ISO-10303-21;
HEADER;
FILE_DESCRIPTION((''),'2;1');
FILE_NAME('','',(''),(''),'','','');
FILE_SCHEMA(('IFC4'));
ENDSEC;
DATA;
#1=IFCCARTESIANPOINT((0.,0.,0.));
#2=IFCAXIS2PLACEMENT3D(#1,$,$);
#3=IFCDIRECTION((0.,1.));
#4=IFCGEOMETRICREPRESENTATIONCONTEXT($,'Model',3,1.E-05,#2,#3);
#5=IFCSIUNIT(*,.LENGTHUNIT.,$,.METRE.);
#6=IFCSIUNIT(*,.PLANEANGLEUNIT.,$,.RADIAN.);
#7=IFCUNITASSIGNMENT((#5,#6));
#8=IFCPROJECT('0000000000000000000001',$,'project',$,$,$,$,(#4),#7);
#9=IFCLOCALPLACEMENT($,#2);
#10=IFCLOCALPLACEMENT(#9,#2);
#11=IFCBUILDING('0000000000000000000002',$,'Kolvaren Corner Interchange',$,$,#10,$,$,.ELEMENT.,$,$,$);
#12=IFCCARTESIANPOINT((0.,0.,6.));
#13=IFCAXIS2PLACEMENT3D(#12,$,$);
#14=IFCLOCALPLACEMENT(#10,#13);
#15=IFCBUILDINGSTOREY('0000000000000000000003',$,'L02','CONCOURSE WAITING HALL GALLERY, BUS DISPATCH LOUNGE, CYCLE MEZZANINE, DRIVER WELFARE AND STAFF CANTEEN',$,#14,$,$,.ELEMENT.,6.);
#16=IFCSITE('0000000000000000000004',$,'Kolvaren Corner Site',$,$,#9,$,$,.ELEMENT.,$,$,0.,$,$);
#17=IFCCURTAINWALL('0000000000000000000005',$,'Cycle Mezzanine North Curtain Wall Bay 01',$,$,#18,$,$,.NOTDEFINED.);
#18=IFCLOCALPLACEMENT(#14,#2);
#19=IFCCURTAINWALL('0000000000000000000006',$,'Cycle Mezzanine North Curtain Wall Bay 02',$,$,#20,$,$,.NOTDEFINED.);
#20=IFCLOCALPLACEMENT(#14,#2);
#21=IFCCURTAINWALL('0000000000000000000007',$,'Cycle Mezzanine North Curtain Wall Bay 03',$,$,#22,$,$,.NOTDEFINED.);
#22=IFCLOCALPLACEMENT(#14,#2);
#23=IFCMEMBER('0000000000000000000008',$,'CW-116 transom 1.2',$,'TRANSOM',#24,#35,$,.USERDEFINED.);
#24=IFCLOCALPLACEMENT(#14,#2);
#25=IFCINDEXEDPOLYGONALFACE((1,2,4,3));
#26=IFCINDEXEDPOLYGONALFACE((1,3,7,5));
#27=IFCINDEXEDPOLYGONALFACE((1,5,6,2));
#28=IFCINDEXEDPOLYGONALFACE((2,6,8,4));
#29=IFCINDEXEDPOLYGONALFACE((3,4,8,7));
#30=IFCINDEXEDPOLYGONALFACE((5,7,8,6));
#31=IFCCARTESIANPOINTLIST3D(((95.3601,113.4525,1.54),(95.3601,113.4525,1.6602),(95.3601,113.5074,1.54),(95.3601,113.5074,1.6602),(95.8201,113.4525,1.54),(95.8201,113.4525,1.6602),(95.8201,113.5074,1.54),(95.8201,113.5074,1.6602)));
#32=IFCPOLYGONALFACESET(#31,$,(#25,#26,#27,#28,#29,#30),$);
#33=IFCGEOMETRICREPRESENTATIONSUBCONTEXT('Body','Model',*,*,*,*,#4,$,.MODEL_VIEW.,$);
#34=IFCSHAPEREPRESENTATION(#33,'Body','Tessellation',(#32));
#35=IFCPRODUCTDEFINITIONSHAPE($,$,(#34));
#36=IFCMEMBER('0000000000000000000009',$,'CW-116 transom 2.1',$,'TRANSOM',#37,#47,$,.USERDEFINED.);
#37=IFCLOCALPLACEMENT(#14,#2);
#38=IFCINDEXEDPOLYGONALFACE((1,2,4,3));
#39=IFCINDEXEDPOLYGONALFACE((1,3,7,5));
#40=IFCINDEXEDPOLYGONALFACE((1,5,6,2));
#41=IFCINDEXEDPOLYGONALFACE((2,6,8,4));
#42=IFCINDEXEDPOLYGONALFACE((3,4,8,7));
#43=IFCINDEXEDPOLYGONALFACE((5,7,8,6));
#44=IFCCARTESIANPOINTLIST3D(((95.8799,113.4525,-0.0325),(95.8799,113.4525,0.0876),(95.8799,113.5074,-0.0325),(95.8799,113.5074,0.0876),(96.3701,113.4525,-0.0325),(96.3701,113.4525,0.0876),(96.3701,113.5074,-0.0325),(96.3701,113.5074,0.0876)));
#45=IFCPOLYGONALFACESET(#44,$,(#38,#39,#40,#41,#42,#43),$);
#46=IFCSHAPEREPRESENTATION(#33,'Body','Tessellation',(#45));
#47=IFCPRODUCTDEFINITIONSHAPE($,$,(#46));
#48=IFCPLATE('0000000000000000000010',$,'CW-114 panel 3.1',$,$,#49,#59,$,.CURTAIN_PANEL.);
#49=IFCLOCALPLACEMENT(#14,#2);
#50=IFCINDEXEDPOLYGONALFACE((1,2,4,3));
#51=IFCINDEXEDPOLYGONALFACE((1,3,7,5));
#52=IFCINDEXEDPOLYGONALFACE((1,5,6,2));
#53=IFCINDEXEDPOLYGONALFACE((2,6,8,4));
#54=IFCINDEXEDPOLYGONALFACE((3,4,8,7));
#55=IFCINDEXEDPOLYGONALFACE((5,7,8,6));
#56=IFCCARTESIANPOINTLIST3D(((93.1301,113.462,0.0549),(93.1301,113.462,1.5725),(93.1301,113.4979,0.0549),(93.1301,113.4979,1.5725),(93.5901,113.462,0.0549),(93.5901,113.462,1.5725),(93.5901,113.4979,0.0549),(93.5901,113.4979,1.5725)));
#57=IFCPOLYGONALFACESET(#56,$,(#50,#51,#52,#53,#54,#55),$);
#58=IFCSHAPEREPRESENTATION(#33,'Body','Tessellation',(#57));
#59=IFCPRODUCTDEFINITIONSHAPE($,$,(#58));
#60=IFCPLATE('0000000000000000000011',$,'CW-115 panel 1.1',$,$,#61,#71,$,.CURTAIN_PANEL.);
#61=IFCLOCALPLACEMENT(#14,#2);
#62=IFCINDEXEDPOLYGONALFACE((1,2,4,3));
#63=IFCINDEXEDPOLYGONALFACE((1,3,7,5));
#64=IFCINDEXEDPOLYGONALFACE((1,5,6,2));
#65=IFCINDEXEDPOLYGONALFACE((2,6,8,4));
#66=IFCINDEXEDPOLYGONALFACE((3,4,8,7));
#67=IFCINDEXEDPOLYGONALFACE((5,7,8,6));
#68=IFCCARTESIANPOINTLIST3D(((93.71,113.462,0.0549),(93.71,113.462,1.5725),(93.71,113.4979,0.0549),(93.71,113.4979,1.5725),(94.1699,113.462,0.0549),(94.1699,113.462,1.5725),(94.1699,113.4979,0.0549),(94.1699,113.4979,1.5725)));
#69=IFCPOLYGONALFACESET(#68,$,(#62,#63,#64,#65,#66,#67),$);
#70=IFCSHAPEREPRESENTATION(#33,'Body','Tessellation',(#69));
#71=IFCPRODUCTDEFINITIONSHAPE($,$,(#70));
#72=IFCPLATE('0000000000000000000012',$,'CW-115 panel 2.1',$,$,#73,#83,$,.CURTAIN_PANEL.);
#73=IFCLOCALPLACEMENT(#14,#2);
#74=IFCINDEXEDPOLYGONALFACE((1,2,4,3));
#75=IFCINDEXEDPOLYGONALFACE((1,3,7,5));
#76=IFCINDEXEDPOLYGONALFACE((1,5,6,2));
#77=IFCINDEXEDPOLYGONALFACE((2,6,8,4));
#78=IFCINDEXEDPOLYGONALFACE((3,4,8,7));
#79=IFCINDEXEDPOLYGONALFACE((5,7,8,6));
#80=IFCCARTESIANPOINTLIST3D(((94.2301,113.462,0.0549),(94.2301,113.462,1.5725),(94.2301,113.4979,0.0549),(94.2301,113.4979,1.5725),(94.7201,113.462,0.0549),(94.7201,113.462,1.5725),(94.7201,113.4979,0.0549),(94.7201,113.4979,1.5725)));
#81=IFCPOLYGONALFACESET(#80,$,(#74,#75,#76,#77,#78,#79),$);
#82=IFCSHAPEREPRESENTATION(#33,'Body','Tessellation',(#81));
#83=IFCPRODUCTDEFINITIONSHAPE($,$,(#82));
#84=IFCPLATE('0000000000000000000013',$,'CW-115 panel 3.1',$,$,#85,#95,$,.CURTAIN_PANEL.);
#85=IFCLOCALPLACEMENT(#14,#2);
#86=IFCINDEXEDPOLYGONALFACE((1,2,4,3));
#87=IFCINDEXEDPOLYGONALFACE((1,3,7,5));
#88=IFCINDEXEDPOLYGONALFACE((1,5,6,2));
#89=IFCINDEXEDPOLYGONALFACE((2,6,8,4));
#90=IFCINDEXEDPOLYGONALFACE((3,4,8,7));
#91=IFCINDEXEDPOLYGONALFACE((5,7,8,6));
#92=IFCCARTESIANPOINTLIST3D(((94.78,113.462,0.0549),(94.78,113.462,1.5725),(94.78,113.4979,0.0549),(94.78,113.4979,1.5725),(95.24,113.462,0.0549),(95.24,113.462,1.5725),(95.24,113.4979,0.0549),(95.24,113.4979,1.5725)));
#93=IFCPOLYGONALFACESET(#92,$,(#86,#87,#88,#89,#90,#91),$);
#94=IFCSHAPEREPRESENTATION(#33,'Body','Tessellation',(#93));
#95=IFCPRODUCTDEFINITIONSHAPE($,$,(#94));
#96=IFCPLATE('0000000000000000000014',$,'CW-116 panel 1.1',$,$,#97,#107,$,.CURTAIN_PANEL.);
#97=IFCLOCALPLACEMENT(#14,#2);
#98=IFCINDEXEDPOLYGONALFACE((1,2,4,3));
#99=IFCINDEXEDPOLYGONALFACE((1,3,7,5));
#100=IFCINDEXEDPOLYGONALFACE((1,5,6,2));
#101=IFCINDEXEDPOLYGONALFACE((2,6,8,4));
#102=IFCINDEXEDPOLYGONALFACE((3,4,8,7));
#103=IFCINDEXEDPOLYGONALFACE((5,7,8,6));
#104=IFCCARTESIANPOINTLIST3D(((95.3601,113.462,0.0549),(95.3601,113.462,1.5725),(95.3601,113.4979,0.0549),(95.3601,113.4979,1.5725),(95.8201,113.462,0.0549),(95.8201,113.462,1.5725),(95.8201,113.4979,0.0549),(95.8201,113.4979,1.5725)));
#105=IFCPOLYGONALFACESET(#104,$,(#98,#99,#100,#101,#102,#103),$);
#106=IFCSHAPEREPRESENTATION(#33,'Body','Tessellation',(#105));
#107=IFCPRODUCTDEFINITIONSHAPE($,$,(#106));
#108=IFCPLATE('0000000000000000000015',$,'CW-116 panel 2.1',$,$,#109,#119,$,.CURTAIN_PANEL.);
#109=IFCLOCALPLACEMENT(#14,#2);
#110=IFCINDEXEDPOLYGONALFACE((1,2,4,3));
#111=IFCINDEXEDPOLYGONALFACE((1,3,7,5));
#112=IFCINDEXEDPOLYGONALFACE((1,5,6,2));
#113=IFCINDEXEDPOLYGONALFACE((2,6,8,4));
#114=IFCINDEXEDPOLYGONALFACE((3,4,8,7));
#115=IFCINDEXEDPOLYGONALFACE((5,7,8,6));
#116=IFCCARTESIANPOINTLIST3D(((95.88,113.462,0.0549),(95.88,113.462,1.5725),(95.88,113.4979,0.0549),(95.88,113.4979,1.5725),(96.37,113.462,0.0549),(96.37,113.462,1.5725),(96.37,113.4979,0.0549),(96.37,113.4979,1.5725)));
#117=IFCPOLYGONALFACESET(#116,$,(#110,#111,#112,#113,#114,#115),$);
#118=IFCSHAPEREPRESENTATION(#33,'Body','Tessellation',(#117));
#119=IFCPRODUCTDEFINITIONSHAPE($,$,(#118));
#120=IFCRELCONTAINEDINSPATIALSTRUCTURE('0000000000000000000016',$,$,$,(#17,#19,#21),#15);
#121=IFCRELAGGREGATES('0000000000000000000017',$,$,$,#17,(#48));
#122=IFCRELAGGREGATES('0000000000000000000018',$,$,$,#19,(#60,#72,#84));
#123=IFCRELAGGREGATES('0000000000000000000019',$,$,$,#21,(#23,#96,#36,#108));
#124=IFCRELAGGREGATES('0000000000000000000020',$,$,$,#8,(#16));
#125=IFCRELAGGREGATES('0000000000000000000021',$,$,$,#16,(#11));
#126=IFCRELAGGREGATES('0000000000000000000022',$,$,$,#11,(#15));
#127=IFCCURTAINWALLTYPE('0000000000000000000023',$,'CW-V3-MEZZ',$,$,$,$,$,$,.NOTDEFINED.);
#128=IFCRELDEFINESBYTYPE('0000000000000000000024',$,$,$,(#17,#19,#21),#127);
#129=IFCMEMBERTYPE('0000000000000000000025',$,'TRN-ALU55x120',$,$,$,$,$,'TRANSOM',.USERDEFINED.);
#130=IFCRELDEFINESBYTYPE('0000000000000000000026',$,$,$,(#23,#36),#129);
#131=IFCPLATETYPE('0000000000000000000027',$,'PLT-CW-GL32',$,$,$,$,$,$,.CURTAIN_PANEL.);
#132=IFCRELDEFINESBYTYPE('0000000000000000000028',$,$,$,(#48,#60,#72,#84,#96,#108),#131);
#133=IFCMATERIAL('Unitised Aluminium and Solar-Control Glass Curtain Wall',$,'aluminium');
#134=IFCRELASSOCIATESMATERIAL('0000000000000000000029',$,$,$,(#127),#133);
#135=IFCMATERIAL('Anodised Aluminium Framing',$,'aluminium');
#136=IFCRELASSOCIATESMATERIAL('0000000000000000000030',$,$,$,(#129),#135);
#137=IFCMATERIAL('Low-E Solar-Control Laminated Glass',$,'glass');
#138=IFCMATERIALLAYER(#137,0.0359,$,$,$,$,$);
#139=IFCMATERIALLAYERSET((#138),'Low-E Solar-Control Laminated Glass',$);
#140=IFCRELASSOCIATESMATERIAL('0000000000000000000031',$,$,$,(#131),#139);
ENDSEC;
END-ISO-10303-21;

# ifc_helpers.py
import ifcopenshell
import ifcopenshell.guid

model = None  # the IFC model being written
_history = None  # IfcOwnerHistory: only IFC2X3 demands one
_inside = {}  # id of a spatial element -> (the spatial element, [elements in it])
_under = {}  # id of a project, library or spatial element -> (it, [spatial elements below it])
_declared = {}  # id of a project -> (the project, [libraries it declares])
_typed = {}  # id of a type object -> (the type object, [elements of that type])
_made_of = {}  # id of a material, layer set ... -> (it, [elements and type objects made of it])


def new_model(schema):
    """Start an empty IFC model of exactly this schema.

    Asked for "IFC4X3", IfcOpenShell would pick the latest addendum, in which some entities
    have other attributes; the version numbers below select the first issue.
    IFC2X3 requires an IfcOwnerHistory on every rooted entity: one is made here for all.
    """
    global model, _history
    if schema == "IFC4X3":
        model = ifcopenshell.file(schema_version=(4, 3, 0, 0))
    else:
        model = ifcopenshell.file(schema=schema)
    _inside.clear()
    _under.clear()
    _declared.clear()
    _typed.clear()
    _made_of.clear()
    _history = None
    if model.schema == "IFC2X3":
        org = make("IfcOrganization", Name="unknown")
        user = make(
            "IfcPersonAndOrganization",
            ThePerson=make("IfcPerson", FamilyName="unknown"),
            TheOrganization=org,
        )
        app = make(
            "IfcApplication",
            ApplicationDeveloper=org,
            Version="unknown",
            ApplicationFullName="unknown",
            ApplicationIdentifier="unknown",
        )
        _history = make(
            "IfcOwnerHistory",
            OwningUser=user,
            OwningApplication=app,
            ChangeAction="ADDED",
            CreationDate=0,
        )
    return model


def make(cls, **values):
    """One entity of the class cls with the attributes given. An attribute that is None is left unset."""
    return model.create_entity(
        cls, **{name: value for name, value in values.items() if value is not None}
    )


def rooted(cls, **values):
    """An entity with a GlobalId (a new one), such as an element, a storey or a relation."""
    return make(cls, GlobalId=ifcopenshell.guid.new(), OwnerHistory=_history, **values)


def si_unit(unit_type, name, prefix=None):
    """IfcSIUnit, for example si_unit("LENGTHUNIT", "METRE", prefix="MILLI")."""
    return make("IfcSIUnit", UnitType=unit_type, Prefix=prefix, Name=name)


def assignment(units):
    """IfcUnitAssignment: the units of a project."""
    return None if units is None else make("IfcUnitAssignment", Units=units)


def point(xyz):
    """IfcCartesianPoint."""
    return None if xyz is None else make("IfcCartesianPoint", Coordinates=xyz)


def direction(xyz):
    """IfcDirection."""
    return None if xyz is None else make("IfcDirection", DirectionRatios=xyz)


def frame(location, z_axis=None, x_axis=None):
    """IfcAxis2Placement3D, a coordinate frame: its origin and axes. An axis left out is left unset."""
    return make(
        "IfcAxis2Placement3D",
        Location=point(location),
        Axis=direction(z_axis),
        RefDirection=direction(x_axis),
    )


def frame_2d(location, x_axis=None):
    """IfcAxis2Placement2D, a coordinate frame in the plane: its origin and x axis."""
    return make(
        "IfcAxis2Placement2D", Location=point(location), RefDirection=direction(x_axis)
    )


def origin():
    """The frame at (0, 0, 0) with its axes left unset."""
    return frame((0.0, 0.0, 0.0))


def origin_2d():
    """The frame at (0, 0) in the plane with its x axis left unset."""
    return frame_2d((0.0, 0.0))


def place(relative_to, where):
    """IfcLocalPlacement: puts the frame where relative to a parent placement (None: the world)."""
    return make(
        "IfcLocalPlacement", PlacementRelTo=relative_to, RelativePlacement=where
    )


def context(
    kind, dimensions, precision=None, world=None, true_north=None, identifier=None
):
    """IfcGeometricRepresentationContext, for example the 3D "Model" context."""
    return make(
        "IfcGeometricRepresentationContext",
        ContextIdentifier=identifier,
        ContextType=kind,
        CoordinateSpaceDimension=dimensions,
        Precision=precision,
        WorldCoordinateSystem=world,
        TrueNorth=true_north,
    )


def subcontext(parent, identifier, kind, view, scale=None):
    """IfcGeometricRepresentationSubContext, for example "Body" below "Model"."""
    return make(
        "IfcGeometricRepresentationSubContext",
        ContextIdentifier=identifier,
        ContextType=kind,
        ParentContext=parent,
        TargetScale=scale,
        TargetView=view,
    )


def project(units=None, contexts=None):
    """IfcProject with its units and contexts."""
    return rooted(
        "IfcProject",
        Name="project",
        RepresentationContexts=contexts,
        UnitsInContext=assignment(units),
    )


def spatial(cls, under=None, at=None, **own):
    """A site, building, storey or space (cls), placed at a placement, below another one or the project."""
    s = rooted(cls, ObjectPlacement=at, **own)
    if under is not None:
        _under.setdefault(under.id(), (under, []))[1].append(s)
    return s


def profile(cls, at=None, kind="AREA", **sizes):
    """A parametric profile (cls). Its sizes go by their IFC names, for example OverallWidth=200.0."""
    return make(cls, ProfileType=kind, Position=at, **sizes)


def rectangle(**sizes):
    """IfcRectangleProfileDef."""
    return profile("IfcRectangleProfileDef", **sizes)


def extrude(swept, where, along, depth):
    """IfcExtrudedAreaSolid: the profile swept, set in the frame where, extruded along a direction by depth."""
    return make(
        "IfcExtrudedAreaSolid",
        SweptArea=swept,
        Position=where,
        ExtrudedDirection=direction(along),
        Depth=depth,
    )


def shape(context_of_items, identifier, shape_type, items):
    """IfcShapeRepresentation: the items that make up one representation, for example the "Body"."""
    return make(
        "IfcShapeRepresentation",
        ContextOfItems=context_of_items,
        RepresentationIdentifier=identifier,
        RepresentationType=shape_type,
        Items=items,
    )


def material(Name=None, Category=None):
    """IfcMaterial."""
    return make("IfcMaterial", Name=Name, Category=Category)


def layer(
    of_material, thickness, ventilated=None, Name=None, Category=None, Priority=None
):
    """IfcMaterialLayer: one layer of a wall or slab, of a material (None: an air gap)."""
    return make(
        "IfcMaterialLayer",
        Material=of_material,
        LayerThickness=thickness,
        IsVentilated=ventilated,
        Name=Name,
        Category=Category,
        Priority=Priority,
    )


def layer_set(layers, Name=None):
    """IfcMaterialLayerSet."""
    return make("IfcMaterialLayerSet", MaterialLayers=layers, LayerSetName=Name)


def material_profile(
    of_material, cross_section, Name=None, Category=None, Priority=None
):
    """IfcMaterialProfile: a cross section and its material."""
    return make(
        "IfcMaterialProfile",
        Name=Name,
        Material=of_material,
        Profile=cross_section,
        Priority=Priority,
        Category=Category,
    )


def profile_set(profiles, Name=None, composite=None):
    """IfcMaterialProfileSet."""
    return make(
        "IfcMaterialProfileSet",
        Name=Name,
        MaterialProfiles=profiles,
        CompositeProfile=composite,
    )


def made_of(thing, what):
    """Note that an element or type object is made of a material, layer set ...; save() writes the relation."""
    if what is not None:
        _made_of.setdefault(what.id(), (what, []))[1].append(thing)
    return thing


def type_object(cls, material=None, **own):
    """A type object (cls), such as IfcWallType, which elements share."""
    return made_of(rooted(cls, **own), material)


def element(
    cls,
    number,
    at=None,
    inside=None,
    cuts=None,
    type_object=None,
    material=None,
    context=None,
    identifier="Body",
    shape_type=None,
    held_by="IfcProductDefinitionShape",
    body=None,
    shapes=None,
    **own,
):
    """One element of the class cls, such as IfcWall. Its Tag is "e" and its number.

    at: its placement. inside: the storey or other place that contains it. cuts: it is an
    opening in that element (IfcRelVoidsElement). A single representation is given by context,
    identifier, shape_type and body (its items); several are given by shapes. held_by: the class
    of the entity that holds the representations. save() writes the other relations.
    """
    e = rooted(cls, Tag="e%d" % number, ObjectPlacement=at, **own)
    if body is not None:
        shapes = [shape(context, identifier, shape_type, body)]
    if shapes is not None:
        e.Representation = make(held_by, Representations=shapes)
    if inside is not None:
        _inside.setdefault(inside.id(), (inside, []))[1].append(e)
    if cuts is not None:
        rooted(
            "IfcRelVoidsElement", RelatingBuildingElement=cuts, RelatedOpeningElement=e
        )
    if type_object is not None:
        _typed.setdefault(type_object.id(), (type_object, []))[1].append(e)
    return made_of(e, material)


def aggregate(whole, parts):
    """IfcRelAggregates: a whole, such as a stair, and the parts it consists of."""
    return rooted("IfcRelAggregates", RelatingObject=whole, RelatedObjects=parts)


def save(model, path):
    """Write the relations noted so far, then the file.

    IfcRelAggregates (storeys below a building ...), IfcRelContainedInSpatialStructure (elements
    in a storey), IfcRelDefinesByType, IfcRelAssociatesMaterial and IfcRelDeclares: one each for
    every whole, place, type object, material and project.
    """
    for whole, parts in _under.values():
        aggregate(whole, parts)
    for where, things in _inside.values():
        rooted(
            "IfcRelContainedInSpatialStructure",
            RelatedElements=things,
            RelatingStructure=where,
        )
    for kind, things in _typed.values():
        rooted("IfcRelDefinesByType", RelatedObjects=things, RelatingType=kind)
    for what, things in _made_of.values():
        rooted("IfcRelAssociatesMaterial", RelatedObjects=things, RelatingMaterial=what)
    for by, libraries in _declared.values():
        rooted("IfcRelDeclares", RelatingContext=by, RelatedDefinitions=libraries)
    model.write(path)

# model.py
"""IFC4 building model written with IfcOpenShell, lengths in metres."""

from ifc_helpers import new_model, si_unit, direction, frame, origin, origin_2d, place, context, subcontext, project, spatial, rectangle, extrude, material, layer, layer_set, material_profile, profile_set, type_object, element, aggregate, save


model = new_model("IFC4")

# Units and contexts
model_context = context("Model", 3, precision=1e-05, world=origin(), true_north=direction((0.0, 1.0)))
body_context = subcontext(model_context, "Body", "Model", "MODEL_VIEW")
ifc_project = project(units=[si_unit("LENGTHUNIT", "METRE"), si_unit("PLANEANGLEUNIT", "RADIAN")], contexts=[model_context])

# Site, building, storey
site_placement = place(None, origin())
site = spatial("IfcSite", under=ifc_project, at=site_placement, Name="Kolvaren Corner Site", CompositionType="ELEMENT", RefElevation=0.0)
building_placement = place(site_placement, origin())
building = spatial("IfcBuilding", under=site, at=building_placement, Name="Kolvaren Corner Interchange", CompositionType="ELEMENT")
storey_placement = place(building_placement, frame((0.0, 0.0, 6.0)))
storey = spatial("IfcBuildingStorey", under=building, at=storey_placement, Name="L02", Description="CONCOURSE WAITING HALL GALLERY, BUS DISPATCH LOUNGE, CYCLE MEZZANINE, DRIVER WELFARE AND STAFF CANTEEN", CompositionType="ELEMENT", Elevation=6.0)

# Curtain wall
ifc_material_1 = material(Name="Unitised Aluminium and Solar-Control Glass Curtain Wall", Category="aluminium")
curtain_wall_type = type_object("IfcCurtainWallType", Name="CW-V3-MEZZ", PredefinedType="NOTDEFINED", material=ifc_material_1)
curtain_wall_1_placement = place(storey_placement, origin())
curtain_wall_1 = element("IfcCurtainWall", 1, at=curtain_wall_1_placement, inside=storey, type_object=curtain_wall_type, Name="Cycle Mezzanine North Curtain Wall Bay 01", PredefinedType="NOTDEFINED")

# Curtain walls
curtain_wall_2_placement = place(storey_placement, origin())
curtain_wall_2 = element("IfcCurtainWall", 2, at=curtain_wall_2_placement, inside=storey, type_object=curtain_wall_type, Name="Cycle Mezzanine North Curtain Wall Bay 02", PredefinedType="NOTDEFINED")
curtain_wall_3_placement = place(storey_placement, origin())
curtain_wall_3 = element("IfcCurtainWall", 3, at=curtain_wall_3_placement, inside=storey, type_object=curtain_wall_type, Name="Cycle Mezzanine North Curtain Wall Bay 03", PredefinedType="NOTDEFINED")

# Members
ifc_material_2 = material(Name="Anodised Aluminium Framing", Category="aluminium")
ifc_material_profile_1 = material_profile(ifc_material_2, rectangle(XDim=0.0549, YDim=0.1201, at=origin_2d()), Name="ALU 55x120")
ifc_profile_set_1 = profile_set([ifc_material_profile_1], Name="Anodised Aluminium Framing")
member_type_1 = type_object("IfcMemberType", Name="TRN-ALU55x120", ElementType="TRANSOM", PredefinedType="USERDEFINED", material=ifc_profile_set_1)
member_1_placement = place(storey_placement, frame((95.3601, 113.48, 1.6001), z_axis=(1.0, 0.0, 0.0), x_axis=(0.0, 1.0, 0.0)))
member_1 = element("IfcMember", 4, at=member_1_placement, type_object=member_type_1, Name="CW-116 transom 1.2", ObjectType="TRANSOM", PredefinedType="USERDEFINED", context=body_context, shape_type="SweptSolid", body=[
    extrude(rectangle(XDim=0.0549, YDim=0.1201, at=origin_2d()), origin(), (0.0, 0.0, 1.0), 0.46),
])
member_2_placement = place(storey_placement, frame((95.8799, 113.48, 0.0276), z_axis=(1.0, 0.0, 0.0), x_axis=(0.0, 1.0, 0.0)))
member_2 = element("IfcMember", 5, at=member_2_placement, type_object=member_type_1, Name="CW-116 transom 2.1", ObjectType="TRANSOM", PredefinedType="USERDEFINED", context=body_context, shape_type="SweptSolid", body=[
    extrude(rectangle(XDim=0.0549, YDim=0.1201, at=origin_2d()), origin(), (0.0, 0.0, 1.0), 0.4902),
])

# Plates
ifc_material_3 = material(Name="Low-E Solar-Control Laminated Glass", Category="glass")
ifc_layer = layer(ifc_material_3, 0.0359)
ifc_layer_set = layer_set([ifc_layer], Name="Low-E Solar-Control Laminated Glass")
plate_type = type_object("IfcPlateType", Name="PLT-CW-GL32", PredefinedType="CURTAIN_PANEL", material=ifc_layer_set)
plate_1_placement = place(storey_placement, frame((93.3601, 113.48, 0.0549), z_axis=(0.0, 0.0, 1.0), x_axis=(1.0, 0.0, 0.0)))
plate_1 = element("IfcPlate", 6, at=plate_1_placement, type_object=plate_type, Name="CW-114 panel 3.1", PredefinedType="CURTAIN_PANEL", context=body_context, shape_type="SweptSolid", body=[
    extrude(rectangle(XDim=0.46, YDim=0.0359, at=origin_2d()), origin(), (0.0, 0.0, 1.0), 1.5176),
])
aggregate(curtain_wall_1, [plate_1])
plate_2_placement = place(storey_placement, frame((93.9399, 113.48, 0.0549), z_axis=(0.0, 0.0, 1.0), x_axis=(1.0, 0.0, 0.0)))
plate_2 = element("IfcPlate", 7, at=plate_2_placement, type_object=plate_type, Name="CW-115 panel 1.1", PredefinedType="CURTAIN_PANEL", context=body_context, shape_type="SweptSolid", body=[
    extrude(rectangle(XDim=0.46, YDim=0.0359, at=origin_2d()), origin(), (0.0, 0.0, 1.0), 1.5176),
])
plate_3_placement = place(storey_placement, frame((94.4751, 113.48, 0.0549), z_axis=(0.0, 0.0, 1.0), x_axis=(1.0, 0.0, 0.0)))
plate_3 = element("IfcPlate", 8, at=plate_3_placement, type_object=plate_type, Name="CW-115 panel 2.1", PredefinedType="CURTAIN_PANEL", context=body_context, shape_type="SweptSolid", body=[
    extrude(rectangle(XDim=0.49, YDim=0.0359, at=origin_2d()), origin(), (0.0, 0.0, 1.0), 1.5176),
])
plate_4_placement = place(storey_placement, frame((95.01, 113.48, 0.0549), z_axis=(0.0, 0.0, 1.0), x_axis=(1.0, 0.0, 0.0)))
plate_4 = element("IfcPlate", 9, at=plate_4_placement, type_object=plate_type, Name="CW-115 panel 3.1", PredefinedType="CURTAIN_PANEL", context=body_context, shape_type="SweptSolid", body=[
    extrude(rectangle(XDim=0.46, YDim=0.0359, at=origin_2d()), origin(), (0.0, 0.0, 1.0), 1.5176),
])
aggregate(curtain_wall_2, [plate_2, plate_3, plate_4])
plate_5_placement = place(storey_placement, frame((95.5901, 113.48, 0.0549), z_axis=(0.0, 0.0, 1.0), x_axis=(1.0, 0.0, 0.0)))
plate_5 = element("IfcPlate", 10, at=plate_5_placement, type_object=plate_type, Name="CW-116 panel 1.1", PredefinedType="CURTAIN_PANEL", context=body_context, shape_type="SweptSolid", body=[
    extrude(rectangle(XDim=0.46, YDim=0.0359, at=origin_2d()), origin(), (0.0, 0.0, 1.0), 1.5176),
])
plate_6_placement = place(storey_placement, frame((96.125, 113.48, 0.0549), z_axis=(0.0, 0.0, 1.0), x_axis=(1.0, 0.0, 0.0)))
plate_6 = element("IfcPlate", 11, at=plate_6_placement, type_object=plate_type, Name="CW-116 panel 2.1", PredefinedType="CURTAIN_PANEL", context=body_context, shape_type="SweptSolid", body=[
    extrude(rectangle(XDim=0.49, YDim=0.0359, at=origin_2d()), origin(), (0.0, 0.0, 1.0), 1.5176),
])
aggregate(curtain_wall_3, [member_1, plate_5, member_2, plate_6])

save(model, "model.ifc")
